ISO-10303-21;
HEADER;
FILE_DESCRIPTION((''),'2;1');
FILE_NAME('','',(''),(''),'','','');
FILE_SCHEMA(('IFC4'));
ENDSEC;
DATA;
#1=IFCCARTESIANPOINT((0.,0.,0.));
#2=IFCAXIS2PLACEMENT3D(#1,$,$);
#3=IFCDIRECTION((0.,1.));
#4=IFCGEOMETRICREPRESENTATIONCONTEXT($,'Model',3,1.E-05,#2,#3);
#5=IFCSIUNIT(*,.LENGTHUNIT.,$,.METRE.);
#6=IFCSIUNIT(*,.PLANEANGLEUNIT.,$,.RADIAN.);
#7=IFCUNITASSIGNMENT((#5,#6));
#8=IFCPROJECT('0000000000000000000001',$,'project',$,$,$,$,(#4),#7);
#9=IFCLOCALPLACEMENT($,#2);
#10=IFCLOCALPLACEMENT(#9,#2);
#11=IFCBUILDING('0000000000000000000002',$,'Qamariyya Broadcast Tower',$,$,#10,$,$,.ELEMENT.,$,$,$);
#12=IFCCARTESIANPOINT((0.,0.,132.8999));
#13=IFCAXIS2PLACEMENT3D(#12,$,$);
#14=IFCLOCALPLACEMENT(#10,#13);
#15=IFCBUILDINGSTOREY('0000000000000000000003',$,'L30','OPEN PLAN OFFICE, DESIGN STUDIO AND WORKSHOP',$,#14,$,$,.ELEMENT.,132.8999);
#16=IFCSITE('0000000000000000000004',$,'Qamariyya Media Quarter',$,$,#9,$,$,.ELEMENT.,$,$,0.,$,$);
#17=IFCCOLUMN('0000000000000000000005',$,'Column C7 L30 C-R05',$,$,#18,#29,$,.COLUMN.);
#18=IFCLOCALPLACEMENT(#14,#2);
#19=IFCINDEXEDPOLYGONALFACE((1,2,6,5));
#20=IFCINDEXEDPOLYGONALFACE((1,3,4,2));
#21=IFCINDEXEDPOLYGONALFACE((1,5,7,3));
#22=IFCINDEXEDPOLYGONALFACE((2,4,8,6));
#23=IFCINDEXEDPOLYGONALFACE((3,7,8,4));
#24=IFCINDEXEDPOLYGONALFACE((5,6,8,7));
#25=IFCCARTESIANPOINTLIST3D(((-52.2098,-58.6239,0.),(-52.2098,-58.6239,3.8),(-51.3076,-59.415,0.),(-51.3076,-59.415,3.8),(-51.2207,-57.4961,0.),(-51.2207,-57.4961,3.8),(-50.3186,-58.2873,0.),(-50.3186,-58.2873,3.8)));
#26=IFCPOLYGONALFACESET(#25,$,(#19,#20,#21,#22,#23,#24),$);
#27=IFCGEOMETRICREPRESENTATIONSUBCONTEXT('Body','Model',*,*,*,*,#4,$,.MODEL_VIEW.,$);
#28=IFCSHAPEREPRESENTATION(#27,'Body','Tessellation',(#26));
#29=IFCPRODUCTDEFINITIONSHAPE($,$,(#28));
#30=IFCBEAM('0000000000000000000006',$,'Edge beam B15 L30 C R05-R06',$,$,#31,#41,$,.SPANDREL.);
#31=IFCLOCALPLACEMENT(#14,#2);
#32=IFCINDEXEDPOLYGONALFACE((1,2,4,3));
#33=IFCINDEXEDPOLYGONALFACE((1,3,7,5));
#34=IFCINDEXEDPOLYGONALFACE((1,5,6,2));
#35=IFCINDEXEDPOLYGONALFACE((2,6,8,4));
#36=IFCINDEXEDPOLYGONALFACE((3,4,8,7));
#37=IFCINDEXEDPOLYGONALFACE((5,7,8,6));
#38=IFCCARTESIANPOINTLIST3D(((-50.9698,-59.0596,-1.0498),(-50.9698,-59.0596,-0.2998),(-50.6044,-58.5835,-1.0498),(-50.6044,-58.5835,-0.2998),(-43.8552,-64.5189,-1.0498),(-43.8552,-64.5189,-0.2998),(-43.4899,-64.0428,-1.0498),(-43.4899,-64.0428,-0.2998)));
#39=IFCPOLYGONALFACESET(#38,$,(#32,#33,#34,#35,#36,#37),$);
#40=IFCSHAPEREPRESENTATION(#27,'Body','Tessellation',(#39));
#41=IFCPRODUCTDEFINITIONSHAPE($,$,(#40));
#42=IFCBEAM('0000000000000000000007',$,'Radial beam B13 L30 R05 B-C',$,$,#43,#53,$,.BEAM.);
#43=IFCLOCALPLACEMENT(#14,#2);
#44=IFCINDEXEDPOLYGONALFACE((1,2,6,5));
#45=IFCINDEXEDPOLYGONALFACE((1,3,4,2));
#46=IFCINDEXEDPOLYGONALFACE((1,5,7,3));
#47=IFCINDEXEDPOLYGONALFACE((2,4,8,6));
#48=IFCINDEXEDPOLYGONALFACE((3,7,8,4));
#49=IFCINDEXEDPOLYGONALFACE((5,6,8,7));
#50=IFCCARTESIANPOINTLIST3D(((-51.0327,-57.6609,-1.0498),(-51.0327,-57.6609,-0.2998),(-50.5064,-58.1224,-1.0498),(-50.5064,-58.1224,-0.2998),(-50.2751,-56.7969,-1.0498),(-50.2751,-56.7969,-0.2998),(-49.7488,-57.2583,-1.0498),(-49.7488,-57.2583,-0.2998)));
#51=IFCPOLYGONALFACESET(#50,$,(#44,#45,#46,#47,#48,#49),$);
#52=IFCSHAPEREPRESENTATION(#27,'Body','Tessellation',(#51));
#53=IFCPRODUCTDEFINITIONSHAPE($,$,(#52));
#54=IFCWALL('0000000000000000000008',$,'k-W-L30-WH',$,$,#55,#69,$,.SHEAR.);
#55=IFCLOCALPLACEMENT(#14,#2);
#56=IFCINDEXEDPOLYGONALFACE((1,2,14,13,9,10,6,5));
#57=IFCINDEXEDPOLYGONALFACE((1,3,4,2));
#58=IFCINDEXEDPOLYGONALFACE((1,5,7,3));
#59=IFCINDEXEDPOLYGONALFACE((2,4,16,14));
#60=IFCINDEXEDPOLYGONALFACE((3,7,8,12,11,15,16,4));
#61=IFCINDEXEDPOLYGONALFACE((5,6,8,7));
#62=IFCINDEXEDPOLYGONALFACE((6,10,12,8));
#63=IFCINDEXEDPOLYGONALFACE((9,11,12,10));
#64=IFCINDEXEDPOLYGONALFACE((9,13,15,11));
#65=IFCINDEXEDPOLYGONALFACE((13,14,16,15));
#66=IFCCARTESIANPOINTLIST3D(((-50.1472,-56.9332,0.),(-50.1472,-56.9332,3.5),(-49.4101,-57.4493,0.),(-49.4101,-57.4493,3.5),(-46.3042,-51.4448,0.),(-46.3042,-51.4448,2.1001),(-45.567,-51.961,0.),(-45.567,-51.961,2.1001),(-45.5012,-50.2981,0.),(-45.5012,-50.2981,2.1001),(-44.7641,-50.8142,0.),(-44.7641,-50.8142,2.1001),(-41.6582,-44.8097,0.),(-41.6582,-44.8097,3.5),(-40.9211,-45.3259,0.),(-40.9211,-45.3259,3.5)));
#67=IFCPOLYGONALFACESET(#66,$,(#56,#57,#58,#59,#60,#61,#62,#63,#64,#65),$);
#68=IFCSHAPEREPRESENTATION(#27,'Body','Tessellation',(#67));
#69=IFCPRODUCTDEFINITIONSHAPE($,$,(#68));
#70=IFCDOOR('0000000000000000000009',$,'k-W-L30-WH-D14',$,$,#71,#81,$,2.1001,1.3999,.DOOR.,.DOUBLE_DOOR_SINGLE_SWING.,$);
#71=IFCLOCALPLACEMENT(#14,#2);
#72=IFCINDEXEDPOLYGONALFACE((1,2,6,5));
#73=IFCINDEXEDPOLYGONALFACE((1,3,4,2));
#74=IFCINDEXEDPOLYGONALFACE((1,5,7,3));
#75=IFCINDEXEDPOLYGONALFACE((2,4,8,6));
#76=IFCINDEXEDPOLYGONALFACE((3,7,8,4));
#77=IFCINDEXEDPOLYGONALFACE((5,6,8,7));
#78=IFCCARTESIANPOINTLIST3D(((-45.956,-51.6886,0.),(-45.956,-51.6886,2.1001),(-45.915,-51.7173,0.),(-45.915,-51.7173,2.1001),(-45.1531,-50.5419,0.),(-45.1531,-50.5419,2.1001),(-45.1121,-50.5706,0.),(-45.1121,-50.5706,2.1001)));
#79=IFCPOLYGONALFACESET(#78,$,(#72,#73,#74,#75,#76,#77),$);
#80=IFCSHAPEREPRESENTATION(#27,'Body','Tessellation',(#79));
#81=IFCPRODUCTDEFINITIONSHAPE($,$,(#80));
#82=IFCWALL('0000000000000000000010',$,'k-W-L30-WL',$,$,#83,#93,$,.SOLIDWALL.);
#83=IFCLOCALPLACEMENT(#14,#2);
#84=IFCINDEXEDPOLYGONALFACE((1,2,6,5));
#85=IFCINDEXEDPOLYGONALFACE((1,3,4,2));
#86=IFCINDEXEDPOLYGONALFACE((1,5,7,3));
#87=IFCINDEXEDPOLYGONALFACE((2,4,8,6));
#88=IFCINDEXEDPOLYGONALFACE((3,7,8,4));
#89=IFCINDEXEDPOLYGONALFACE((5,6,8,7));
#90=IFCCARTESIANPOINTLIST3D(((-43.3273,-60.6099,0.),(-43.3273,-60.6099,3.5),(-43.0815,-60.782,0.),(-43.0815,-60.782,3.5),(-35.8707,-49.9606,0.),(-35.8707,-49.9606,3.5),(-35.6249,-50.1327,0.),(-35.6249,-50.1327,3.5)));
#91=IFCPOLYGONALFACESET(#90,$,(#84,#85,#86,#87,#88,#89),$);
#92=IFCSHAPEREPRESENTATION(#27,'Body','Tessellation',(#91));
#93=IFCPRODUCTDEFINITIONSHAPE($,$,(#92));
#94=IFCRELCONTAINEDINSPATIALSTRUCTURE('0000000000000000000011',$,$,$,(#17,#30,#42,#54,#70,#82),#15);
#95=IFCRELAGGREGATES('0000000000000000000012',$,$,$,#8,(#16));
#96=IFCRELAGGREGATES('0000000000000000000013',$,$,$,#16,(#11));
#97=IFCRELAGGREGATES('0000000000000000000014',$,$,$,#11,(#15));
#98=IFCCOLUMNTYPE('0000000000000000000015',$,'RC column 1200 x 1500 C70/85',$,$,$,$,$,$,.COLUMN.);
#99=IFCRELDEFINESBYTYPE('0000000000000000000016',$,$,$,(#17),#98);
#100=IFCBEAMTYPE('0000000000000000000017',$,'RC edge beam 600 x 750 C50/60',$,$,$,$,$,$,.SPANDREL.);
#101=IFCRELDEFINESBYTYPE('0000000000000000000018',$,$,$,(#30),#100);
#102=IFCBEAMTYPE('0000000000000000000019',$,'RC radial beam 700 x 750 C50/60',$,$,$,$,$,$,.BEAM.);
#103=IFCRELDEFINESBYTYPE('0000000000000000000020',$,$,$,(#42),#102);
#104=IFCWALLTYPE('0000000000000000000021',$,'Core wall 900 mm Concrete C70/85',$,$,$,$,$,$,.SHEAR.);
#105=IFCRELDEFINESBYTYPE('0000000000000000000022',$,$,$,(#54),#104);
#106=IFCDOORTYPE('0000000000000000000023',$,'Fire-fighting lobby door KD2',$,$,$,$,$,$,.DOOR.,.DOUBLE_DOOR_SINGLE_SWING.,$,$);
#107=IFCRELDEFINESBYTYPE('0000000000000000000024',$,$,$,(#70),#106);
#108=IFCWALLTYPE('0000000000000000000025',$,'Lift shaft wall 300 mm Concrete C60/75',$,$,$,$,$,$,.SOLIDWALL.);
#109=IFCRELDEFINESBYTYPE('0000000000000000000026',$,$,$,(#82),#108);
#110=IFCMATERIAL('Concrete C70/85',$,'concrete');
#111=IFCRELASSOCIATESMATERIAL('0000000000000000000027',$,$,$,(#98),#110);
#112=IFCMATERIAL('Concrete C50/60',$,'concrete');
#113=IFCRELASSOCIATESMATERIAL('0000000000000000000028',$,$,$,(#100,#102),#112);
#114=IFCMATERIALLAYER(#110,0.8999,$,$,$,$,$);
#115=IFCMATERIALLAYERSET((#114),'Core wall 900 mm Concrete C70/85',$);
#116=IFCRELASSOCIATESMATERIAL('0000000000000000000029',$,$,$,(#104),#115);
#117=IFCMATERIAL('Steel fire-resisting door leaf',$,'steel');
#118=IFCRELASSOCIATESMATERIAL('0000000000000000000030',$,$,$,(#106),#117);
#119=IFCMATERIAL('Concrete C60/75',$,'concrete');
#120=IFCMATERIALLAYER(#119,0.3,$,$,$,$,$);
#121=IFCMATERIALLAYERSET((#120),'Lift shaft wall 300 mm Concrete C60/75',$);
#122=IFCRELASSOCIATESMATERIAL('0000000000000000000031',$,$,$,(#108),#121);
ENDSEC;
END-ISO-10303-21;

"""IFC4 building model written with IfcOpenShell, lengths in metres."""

from ifc_helpers import new_model, si_unit, direction, frame, frame_2d, origin, origin_2d, place, context, subcontext, project, spatial, rectangle, extrude, material, layer, layer_set, material_profile, profile_set, type_object, element, fill, save


model = new_model("IFC4")

# Units and contexts
model_context = context("Model", 3, precision=1e-05, world=origin(), true_north=direction((0.0, 1.0)))
body_context = subcontext(model_context, "Body", "Model", "MODEL_VIEW")
ifc_project = project(units=[si_unit("LENGTHUNIT", "METRE"), si_unit("PLANEANGLEUNIT", "RADIAN")], contexts=[model_context])

# Site, building, storey
site_placement = place(None, origin())
site = spatial("IfcSite", under=ifc_project, at=site_placement, Name="Qamariyya Media Quarter", CompositionType="ELEMENT", RefElevation=0.0)
building_placement = place(site_placement, origin())
building = spatial("IfcBuilding", under=site, at=building_placement, Name="Qamariyya Broadcast Tower", CompositionType="ELEMENT")
storey_placement = place(building_placement, frame((0.0, 0.0, 132.8999)))
storey = spatial("IfcBuildingStorey", under=building, at=storey_placement, Name="L30", Description="OPEN PLAN OFFICE, DESIGN STUDIO AND WORKSHOP", CompositionType="ELEMENT", Elevation=132.8999)

# Column
ifc_material_1 = material(Name="Concrete C70/85", Category="concrete")
ifc_material_profile_1 = material_profile(ifc_material_1, rectangle(XDim=1.2, YDim=1.5, at=origin_2d()))
ifc_profile_set_1 = profile_set([ifc_material_profile_1], Name="Concrete C70/85")
column_type = type_object("IfcColumnType", Name="RC column 1200 x 1500 C70/85", PredefinedType="COLUMN", material=ifc_profile_set_1)
column_placement = place(storey_placement, frame((-51.2642, -58.4556, 0.0), z_axis=(0.0, 0.0, 1.0), x_axis=(0.75184, -0.659346, 0.0)))
element("IfcColumn", 1, at=column_placement, inside=storey, type_object=column_type, Name="Column C7 L30 C-R05", PredefinedType="COLUMN", context=body_context, shape_type="SweptSolid", body=[
    extrude(rectangle(XDim=1.2, YDim=1.5, at=origin_2d()), origin(), (0.0, 0.0, 1.0), 3.8),
])

# Beams
ifc_material_2 = material(Name="Concrete C50/60", Category="concrete")
ifc_material_profile_2 = material_profile(ifc_material_2, rectangle(XDim=0.6001, YDim=0.75, at=origin_2d()))
ifc_profile_set_2 = profile_set([ifc_material_profile_2], Name="Concrete C50/60")
beam_type_1 = type_object("IfcBeamType", Name="RC edge beam 600 x 750 C50/60", PredefinedType="SPANDREL", material=ifc_profile_set_2)
beam_1_placement = place(storey_placement, frame((-50.7871, -58.8215, -0.6748), z_axis=(0.793349, -0.608767, 0.0), x_axis=(0.608767, 0.793349, 0.0)))
element("IfcBeam", 2, at=beam_1_placement, inside=storey, type_object=beam_type_1, Name="Edge beam B15 L30 C R05-R06", PredefinedType="SPANDREL", context=body_context, shape_type="SweptSolid", body=[
    extrude(rectangle(XDim=0.6001, YDim=0.75, at=origin_2d()), origin(), (0.0, 0.0, 1.0), 8.9678),
])
ifc_material_profile_3 = material_profile(ifc_material_2, rectangle(XDim=0.7, YDim=0.75, at=origin_2d()))
ifc_profile_set_3 = profile_set([ifc_material_profile_3], Name="Concrete C50/60")
beam_type_2 = type_object("IfcBeamType", Name="RC radial beam 700 x 750 C50/60", PredefinedType="BEAM", material=ifc_profile_set_3)
beam_2_placement = place(storey_placement, frame((-50.012, -57.0276, -0.6748), z_axis=(-0.659271, -0.751905, 0.0), x_axis=(0.751905, -0.659271, 0.0)))
element("IfcBeam", 3, at=beam_2_placement, inside=storey, type_object=beam_type_2, Name="Radial beam B13 L30 R05 B-C", PredefinedType="BEAM", context=body_context, shape_type="SweptSolid", body=[
    extrude(rectangle(XDim=0.7, YDim=0.75, at=origin_2d()), origin(), (0.0, 0.0, 1.0), 1.1492),
])

# Wall, opening, door
ifc_layer_1 = layer(ifc_material_1, 0.8999)
ifc_layer_set_1 = layer_set([ifc_layer_1], Name="Core wall 900 mm Concrete C70/85")
wall_type_1 = type_object("IfcWallType", Name="Core wall 900 mm Concrete C70/85", PredefinedType="SHEAR", material=ifc_layer_set_1)
wall_1_placement = place(storey_placement, frame((-49.7786, -57.1912, 0.0), z_axis=(0.0, 0.0, 1.0), x_axis=(0.573577, 0.819151, 0.0)))
wall_1 = element("IfcWall", 4, at=wall_1_placement, inside=storey, type_object=wall_type_1, Name="k-W-L30-WH", PredefinedType="SHEAR", context=body_context, shape_type="SweptSolid", body=[
    extrude(rectangle(XDim=14.8, YDim=0.8999, at=frame_2d((7.3999, 0.0))), origin(), (0.0, 0.0, 1.0), 3.5),
])
opening_placement = place(wall_1_placement, frame((6.7, 0.0, 0.0)))
opening = element("IfcOpeningElement", 5, at=opening_placement, cuts=wall_1, PredefinedType="OPENING", context=body_context, shape_type="SweptSolid", body=[
    extrude(rectangle(XDim=1.3999, YDim=2.1001, at=frame_2d((0.7, 1.05))), frame((0.0, 0.46, 0.0), z_axis=(0.0, -1.0, 0.0), x_axis=(1.0, 0.0, 0.0)), (0.0, 0.0, 1.0), 0.9199),
])
ifc_material_3 = material(Name="Steel fire-resisting door leaf", Category="steel")
door_type = type_object("IfcDoorType", Name="Fire-fighting lobby door KD2", OperationType="DOUBLE_DOOR_SINGLE_SWING", PredefinedType="DOOR", material=ifc_material_3)
door_placement = place(opening_placement, origin())
door = element("IfcDoor", 6, at=door_placement, inside=storey, type_object=door_type, Name="k-W-L30-WH-D14", OperationType="DOUBLE_DOOR_SINGLE_SWING", OverallHeight=2.1001, OverallWidth=1.3999, PredefinedType="DOOR", context=body_context, shape_type="SweptSolid", body=[
    extrude(rectangle(XDim=1.3999, YDim=2.1001, at=frame_2d((0.7, 1.05))), frame((0.0, 0.0249, 0.0), z_axis=(0.0, -1.0, 0.0), x_axis=(1.0, 0.0, 0.0)), (0.0, 0.0, 1.0), 0.05),
])
fill(opening, door)

# Wall
ifc_material_4 = material(Name="Concrete C60/75", Category="concrete")
ifc_layer_2 = layer(ifc_material_4, 0.3)
ifc_layer_set_2 = layer_set([ifc_layer_2], Name="Lift shaft wall 300 mm Concrete C60/75")
wall_type_2 = type_object("IfcWallType", Name="Lift shaft wall 300 mm Concrete C60/75", PredefinedType="SOLIDWALL", material=ifc_layer_set_2)
wall_2_placement = place(storey_placement, frame((-43.2043, -60.6958, 0.0), z_axis=(0.0, 0.0, 1.0), x_axis=(0.573572, 0.819155, 0.0)))
element("IfcWall", 7, at=wall_2_placement, inside=storey, type_object=wall_type_2, Name="k-W-L30-WL", PredefinedType="SOLIDWALL", context=body_context, shape_type="SweptSolid", body=[
    extrude(rectangle(XDim=13.0002, YDim=0.3, at=frame_2d((6.5, 0.0))), origin(), (0.0, 0.0, 1.0), 3.5),
])

save(model, "model.ifc")
